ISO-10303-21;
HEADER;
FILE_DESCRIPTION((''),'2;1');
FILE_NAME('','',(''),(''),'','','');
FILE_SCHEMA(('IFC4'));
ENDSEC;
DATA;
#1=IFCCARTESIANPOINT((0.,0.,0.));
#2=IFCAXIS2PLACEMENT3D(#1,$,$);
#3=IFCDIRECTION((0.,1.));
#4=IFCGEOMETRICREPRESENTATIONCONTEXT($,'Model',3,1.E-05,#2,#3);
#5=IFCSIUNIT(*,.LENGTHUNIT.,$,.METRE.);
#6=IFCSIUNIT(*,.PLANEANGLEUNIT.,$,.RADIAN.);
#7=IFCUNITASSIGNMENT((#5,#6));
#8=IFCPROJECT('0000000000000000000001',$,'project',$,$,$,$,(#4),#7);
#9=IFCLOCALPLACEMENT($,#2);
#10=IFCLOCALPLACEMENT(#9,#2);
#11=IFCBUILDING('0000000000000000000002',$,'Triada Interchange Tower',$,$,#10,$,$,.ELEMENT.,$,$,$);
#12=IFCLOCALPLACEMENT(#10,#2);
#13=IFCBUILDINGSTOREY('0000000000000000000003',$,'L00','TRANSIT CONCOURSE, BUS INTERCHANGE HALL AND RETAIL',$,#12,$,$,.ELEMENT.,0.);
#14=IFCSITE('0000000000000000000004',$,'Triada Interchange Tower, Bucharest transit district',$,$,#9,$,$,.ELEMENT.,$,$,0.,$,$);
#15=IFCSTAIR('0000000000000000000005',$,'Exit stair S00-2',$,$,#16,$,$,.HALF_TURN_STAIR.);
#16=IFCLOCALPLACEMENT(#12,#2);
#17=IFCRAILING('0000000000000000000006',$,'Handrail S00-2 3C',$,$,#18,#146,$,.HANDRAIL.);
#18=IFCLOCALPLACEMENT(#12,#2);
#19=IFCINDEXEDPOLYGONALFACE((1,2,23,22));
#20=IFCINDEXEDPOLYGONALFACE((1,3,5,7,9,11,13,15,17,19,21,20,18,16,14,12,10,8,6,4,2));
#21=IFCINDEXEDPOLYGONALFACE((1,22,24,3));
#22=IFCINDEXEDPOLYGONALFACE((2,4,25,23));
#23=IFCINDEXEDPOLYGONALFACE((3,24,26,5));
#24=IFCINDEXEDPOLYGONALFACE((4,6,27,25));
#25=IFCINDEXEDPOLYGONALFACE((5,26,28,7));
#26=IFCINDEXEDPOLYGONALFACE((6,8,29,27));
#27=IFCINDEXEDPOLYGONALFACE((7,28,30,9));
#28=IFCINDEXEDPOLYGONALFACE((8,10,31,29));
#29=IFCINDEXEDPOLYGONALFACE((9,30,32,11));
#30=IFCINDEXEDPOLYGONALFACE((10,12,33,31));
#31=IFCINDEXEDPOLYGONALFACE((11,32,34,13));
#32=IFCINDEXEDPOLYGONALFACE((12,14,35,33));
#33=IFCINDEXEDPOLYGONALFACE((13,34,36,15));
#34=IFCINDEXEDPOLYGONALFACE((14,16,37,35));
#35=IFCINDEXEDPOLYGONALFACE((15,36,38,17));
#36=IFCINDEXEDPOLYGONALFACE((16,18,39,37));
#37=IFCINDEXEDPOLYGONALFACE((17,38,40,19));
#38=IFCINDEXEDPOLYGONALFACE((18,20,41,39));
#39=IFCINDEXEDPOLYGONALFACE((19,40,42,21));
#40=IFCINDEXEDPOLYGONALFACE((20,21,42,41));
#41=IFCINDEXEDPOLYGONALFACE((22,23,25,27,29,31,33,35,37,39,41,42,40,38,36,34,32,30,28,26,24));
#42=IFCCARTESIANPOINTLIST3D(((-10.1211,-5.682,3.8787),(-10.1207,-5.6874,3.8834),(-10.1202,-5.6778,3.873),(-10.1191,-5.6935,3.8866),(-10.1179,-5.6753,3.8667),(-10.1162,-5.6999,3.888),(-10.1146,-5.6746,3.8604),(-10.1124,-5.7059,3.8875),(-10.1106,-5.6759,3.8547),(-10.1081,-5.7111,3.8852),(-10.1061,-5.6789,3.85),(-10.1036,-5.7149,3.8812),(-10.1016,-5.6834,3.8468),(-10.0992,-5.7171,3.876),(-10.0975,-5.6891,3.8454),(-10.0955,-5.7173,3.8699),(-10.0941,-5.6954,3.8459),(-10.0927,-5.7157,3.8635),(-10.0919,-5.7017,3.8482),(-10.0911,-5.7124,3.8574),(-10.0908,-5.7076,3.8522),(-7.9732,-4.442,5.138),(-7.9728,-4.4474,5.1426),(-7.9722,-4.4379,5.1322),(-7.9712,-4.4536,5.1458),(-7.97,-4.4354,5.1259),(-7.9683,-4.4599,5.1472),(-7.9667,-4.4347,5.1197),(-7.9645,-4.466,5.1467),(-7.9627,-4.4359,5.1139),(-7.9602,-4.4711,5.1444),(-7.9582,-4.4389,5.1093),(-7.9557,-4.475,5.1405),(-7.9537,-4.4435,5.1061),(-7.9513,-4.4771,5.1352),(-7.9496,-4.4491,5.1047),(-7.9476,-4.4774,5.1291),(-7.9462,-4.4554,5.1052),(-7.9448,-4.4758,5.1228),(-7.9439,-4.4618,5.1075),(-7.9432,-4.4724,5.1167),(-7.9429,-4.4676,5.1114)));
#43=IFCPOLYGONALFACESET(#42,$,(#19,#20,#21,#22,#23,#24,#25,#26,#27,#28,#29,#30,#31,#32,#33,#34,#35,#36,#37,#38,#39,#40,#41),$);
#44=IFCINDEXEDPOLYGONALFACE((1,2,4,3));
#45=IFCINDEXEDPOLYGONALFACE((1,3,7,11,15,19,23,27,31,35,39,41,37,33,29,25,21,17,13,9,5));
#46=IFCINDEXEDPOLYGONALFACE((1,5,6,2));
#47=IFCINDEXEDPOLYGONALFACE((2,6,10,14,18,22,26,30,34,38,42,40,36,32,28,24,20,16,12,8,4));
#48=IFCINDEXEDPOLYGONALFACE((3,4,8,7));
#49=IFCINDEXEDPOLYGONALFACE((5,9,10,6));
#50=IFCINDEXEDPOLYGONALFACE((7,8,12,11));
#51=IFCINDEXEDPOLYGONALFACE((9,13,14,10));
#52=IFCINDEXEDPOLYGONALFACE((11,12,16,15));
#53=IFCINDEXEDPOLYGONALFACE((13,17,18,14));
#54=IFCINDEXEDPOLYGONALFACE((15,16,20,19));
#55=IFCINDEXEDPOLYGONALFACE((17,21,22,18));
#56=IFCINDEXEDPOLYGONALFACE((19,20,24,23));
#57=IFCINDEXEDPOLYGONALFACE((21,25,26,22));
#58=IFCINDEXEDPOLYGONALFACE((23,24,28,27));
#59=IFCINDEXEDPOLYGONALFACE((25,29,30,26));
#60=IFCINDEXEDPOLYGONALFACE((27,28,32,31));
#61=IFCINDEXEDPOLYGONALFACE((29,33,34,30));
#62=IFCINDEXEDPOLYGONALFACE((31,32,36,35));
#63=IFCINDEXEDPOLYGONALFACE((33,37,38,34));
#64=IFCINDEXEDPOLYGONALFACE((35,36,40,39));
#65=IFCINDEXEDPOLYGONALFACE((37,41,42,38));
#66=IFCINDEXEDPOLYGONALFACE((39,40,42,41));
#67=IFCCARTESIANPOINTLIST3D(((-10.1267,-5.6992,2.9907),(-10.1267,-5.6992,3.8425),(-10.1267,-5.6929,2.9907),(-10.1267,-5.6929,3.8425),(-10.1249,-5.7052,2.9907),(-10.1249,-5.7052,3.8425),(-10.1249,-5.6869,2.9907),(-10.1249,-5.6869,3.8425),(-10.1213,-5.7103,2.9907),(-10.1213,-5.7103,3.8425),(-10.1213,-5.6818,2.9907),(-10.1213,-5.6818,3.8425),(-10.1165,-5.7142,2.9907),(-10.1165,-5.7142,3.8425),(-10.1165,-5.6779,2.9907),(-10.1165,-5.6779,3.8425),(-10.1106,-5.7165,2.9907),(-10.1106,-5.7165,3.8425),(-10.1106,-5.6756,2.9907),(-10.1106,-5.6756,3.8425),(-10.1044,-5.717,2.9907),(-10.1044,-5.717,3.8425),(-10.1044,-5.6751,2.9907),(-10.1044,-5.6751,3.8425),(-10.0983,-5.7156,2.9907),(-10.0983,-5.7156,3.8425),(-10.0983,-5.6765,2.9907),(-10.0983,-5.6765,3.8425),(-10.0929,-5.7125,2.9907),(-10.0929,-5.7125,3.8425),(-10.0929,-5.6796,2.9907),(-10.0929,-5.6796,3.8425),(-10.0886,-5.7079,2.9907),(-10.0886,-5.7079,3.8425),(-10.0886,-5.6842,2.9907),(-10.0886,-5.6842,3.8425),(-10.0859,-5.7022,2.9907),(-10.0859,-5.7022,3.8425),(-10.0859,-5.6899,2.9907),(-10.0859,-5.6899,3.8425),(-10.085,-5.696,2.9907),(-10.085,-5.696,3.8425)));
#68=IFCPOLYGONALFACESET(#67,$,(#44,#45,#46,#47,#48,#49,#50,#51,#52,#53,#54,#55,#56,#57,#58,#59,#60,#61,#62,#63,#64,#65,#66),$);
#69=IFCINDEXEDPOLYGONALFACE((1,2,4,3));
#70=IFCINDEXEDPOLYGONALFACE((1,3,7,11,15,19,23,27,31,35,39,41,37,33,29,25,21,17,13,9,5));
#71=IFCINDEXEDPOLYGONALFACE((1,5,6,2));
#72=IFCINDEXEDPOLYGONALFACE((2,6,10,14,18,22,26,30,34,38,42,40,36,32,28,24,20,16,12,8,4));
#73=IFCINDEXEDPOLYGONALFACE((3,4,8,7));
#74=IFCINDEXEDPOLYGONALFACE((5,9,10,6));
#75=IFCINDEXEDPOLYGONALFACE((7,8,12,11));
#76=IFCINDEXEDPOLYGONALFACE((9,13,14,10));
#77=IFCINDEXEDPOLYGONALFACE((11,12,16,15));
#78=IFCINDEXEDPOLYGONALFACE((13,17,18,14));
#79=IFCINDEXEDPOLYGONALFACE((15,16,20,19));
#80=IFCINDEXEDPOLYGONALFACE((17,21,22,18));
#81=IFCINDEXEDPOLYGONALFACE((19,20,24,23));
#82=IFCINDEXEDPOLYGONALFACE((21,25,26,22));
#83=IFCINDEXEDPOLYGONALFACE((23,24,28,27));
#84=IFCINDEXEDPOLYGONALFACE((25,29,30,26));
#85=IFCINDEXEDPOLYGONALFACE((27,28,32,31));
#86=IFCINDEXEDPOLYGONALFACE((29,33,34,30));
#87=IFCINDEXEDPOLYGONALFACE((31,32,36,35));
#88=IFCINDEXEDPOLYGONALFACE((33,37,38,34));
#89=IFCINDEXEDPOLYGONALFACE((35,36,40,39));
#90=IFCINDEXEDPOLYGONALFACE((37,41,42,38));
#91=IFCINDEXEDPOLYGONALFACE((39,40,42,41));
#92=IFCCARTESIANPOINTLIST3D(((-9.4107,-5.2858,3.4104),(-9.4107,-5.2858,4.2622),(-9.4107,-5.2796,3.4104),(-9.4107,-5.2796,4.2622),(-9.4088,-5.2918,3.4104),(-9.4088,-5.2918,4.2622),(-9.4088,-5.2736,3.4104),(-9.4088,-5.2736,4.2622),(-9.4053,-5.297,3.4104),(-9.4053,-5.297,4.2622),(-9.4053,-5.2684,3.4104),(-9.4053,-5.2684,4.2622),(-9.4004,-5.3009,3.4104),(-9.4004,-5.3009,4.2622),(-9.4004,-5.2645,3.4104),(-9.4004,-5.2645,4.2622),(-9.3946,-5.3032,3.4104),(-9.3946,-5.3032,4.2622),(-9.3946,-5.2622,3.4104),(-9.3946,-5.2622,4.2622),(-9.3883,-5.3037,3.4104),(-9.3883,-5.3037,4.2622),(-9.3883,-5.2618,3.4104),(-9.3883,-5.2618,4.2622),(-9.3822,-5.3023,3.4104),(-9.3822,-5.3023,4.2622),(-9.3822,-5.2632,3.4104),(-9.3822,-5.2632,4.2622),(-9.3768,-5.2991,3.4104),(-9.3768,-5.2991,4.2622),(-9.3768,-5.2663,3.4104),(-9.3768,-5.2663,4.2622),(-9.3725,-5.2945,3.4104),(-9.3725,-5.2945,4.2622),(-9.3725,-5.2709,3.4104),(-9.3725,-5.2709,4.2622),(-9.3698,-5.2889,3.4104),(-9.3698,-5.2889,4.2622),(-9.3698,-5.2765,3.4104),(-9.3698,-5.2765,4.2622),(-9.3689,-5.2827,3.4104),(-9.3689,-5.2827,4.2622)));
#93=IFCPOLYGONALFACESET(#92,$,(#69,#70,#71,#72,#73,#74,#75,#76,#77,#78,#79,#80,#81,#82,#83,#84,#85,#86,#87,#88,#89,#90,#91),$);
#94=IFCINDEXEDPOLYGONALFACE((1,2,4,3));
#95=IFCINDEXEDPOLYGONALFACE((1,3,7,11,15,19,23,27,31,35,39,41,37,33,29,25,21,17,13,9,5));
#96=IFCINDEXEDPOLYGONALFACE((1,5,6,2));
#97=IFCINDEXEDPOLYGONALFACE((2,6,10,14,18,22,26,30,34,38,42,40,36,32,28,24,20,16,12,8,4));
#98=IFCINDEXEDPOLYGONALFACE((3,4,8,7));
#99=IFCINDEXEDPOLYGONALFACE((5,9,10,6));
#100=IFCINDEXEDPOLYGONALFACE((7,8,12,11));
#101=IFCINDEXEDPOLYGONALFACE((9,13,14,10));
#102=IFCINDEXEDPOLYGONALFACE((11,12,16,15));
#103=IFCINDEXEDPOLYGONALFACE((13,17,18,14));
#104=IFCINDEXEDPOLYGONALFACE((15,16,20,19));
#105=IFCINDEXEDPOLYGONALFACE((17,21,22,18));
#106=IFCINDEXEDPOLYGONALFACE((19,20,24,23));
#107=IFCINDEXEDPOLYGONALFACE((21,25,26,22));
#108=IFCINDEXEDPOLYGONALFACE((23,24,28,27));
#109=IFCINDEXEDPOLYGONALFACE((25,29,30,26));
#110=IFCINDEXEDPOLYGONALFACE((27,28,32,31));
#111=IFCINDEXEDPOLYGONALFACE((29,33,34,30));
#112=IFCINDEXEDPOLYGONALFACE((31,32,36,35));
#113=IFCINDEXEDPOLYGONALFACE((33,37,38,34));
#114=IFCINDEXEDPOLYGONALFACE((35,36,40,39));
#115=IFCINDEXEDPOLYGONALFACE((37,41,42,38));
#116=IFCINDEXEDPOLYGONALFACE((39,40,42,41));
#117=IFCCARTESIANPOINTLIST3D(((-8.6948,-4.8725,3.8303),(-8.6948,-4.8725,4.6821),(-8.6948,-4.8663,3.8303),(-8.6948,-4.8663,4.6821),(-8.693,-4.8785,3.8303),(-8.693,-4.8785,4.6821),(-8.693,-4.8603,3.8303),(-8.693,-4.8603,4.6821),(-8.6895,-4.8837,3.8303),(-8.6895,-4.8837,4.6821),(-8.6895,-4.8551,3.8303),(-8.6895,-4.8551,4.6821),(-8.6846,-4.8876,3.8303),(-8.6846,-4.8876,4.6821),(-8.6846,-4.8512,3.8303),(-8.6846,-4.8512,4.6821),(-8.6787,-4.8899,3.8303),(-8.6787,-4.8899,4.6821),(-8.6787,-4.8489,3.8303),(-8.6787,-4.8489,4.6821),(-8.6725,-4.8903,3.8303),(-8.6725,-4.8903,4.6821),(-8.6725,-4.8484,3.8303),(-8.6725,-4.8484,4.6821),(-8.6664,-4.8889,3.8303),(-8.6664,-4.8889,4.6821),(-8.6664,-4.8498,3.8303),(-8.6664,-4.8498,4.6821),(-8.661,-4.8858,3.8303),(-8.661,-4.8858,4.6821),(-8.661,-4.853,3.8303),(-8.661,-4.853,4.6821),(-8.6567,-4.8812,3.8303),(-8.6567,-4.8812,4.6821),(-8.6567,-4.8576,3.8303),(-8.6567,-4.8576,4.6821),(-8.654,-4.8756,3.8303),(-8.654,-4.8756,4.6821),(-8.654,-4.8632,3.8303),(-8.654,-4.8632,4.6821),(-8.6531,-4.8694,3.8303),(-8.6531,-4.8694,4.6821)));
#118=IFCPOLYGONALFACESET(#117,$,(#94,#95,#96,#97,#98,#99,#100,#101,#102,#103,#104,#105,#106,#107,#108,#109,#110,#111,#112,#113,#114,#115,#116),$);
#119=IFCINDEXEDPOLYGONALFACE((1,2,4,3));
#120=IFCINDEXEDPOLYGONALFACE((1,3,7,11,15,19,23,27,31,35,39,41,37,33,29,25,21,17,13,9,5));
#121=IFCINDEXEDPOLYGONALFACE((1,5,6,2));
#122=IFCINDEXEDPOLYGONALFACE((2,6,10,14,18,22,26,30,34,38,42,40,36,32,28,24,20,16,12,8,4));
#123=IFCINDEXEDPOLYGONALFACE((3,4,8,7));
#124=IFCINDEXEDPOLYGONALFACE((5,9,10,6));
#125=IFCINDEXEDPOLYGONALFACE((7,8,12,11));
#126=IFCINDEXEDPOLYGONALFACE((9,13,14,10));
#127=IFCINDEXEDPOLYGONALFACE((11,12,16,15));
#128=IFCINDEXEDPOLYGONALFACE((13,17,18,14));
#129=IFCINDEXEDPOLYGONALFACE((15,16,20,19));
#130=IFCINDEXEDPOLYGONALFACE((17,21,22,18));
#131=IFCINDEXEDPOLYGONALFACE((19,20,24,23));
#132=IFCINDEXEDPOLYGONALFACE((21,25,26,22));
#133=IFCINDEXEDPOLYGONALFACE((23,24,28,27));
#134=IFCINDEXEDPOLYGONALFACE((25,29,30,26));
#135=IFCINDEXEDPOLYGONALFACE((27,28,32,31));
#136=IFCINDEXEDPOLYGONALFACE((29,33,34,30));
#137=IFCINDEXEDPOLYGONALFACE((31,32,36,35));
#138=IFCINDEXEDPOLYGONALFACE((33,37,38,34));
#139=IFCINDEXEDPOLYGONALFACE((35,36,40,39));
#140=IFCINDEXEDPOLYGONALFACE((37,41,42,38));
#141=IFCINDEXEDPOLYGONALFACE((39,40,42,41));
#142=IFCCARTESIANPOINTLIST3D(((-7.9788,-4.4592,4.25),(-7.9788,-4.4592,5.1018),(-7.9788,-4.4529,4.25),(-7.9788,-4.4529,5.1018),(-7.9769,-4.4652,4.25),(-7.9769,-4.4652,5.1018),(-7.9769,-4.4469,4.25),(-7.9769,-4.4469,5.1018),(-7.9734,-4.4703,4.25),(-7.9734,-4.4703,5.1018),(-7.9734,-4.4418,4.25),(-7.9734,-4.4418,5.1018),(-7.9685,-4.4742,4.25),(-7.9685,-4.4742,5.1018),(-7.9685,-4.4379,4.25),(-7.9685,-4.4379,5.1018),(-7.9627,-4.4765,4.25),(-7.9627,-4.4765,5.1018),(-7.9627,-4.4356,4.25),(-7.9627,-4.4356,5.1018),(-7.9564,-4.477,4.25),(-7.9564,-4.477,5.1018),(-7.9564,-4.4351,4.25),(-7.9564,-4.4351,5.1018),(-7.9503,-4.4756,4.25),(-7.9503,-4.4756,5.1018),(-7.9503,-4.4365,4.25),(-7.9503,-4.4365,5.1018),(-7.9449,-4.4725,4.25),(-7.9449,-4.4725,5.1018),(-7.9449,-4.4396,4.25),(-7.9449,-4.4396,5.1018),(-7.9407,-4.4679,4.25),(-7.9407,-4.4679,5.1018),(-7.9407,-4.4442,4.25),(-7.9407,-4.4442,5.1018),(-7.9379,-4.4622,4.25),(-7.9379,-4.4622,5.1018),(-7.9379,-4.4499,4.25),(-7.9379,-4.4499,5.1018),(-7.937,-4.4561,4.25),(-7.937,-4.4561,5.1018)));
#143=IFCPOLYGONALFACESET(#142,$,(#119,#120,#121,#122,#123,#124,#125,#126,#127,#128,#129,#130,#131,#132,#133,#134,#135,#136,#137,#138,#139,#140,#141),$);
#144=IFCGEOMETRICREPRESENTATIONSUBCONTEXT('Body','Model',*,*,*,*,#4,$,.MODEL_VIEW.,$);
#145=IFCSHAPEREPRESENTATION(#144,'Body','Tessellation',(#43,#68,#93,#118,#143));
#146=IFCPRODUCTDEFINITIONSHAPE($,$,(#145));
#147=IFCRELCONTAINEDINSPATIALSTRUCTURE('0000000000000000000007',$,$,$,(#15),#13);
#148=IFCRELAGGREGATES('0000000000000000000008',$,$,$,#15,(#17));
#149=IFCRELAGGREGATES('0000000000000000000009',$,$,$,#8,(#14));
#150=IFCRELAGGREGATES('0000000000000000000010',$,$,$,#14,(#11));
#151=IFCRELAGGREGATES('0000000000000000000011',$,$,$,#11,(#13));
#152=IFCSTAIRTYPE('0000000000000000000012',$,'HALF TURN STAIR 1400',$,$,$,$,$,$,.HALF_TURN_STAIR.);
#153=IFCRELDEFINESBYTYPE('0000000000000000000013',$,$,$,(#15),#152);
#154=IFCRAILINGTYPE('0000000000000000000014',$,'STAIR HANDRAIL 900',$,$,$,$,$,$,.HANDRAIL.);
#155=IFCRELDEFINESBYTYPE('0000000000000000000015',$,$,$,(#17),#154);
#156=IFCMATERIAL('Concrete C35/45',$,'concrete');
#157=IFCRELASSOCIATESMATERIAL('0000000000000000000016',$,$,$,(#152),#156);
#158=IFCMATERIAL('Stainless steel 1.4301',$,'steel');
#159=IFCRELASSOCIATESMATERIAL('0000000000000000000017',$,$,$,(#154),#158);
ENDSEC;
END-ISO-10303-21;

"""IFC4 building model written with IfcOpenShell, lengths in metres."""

from ifc_helpers import new_model, si_unit, direction, frame, origin, origin_2d, place, context, subcontext, project, spatial, circle, extrude, material, type_object, element, aggregate, save


model = new_model("IFC4")

# Units and contexts
model_context = context("Model", 3, precision=1e-05, world=origin(), true_north=direction((0.0, 1.0)))
body_context = subcontext(model_context, "Body", "Model", "MODEL_VIEW")
ifc_project = project(units=[si_unit("LENGTHUNIT", "METRE"), si_unit("PLANEANGLEUNIT", "RADIAN")], contexts=[model_context])

# Site, building, storey
site_placement = place(None, origin())
site = spatial("IfcSite", under=ifc_project, at=site_placement, Name="Triada Interchange Tower, Bucharest transit district", CompositionType="ELEMENT", RefElevation=0.0)
building_placement = place(site_placement, origin())
building = spatial("IfcBuilding", under=site, at=building_placement, Name="Triada Interchange Tower", CompositionType="ELEMENT")
storey_placement = place(building_placement, origin())
storey = spatial("IfcBuildingStorey", under=building, at=storey_placement, Name="L00", Description="TRANSIT CONCOURSE, BUS INTERCHANGE HALL AND RETAIL", CompositionType="ELEMENT", Elevation=0.0)

# Shared definitions
ifc_material_1 = material(Name="Concrete C35/45", Category="concrete")

# Stair, railing
stair_type = type_object("IfcStairType", Name="HALF TURN STAIR 1400", PredefinedType="HALF_TURN_STAIR", material=ifc_material_1)
stair_placement = place(storey_placement, origin())
stair = element("IfcStair", 1, at=stair_placement, inside=storey, type_object=stair_type, Name="Exit stair S00-2", PredefinedType="HALF_TURN_STAIR")
ifc_material_2 = material(Name="Stainless steel 1.4301", Category="steel")
railing_type_1 = type_object("IfcRailingType", Name="STAIR HANDRAIL 900", PredefinedType="HANDRAIL", material=ifc_material_2)
railing_1_placement = place(storey_placement, frame((-10.106, -5.696, 2.9907)))
railing_1 = element("IfcRailing", 2, at=railing_1_placement, type_object=railing_type_1, Name="Handrail S00-2 3C", PredefinedType="HANDRAIL", context=body_context, shape_type="SweptSolid", body=[
    extrude(circle(Radius=0.0239, at=origin_2d()), frame((0.0, 0.0, 0.876), z_axis=(0.772212, 0.445791, 0.452724), x_axis=(-0.499961, 0.866048, 0.0)), (0.0, 0.0, 1.0), 2.7815),
    extrude(circle(Radius=0.021, at=origin_2d()), origin(), (0.0, 0.0, 1.0), 0.8518),
    extrude(circle(Radius=0.021, at=origin_2d()), frame((0.7161, 0.4133, 0.4197)), (0.0, 0.0, 1.0), 0.8518),
    extrude(circle(Radius=0.021, at=origin_2d()), frame((1.4319, 0.8267, 0.8396)), (0.0, 0.0, 1.0), 0.8518),
    extrude(circle(Radius=0.021, at=origin_2d()), frame((2.1479, 1.24, 1.2593)), (0.0, 0.0, 1.0), 0.8518),
])
aggregate(stair, [railing_1])

save(model, "model.ifc")
